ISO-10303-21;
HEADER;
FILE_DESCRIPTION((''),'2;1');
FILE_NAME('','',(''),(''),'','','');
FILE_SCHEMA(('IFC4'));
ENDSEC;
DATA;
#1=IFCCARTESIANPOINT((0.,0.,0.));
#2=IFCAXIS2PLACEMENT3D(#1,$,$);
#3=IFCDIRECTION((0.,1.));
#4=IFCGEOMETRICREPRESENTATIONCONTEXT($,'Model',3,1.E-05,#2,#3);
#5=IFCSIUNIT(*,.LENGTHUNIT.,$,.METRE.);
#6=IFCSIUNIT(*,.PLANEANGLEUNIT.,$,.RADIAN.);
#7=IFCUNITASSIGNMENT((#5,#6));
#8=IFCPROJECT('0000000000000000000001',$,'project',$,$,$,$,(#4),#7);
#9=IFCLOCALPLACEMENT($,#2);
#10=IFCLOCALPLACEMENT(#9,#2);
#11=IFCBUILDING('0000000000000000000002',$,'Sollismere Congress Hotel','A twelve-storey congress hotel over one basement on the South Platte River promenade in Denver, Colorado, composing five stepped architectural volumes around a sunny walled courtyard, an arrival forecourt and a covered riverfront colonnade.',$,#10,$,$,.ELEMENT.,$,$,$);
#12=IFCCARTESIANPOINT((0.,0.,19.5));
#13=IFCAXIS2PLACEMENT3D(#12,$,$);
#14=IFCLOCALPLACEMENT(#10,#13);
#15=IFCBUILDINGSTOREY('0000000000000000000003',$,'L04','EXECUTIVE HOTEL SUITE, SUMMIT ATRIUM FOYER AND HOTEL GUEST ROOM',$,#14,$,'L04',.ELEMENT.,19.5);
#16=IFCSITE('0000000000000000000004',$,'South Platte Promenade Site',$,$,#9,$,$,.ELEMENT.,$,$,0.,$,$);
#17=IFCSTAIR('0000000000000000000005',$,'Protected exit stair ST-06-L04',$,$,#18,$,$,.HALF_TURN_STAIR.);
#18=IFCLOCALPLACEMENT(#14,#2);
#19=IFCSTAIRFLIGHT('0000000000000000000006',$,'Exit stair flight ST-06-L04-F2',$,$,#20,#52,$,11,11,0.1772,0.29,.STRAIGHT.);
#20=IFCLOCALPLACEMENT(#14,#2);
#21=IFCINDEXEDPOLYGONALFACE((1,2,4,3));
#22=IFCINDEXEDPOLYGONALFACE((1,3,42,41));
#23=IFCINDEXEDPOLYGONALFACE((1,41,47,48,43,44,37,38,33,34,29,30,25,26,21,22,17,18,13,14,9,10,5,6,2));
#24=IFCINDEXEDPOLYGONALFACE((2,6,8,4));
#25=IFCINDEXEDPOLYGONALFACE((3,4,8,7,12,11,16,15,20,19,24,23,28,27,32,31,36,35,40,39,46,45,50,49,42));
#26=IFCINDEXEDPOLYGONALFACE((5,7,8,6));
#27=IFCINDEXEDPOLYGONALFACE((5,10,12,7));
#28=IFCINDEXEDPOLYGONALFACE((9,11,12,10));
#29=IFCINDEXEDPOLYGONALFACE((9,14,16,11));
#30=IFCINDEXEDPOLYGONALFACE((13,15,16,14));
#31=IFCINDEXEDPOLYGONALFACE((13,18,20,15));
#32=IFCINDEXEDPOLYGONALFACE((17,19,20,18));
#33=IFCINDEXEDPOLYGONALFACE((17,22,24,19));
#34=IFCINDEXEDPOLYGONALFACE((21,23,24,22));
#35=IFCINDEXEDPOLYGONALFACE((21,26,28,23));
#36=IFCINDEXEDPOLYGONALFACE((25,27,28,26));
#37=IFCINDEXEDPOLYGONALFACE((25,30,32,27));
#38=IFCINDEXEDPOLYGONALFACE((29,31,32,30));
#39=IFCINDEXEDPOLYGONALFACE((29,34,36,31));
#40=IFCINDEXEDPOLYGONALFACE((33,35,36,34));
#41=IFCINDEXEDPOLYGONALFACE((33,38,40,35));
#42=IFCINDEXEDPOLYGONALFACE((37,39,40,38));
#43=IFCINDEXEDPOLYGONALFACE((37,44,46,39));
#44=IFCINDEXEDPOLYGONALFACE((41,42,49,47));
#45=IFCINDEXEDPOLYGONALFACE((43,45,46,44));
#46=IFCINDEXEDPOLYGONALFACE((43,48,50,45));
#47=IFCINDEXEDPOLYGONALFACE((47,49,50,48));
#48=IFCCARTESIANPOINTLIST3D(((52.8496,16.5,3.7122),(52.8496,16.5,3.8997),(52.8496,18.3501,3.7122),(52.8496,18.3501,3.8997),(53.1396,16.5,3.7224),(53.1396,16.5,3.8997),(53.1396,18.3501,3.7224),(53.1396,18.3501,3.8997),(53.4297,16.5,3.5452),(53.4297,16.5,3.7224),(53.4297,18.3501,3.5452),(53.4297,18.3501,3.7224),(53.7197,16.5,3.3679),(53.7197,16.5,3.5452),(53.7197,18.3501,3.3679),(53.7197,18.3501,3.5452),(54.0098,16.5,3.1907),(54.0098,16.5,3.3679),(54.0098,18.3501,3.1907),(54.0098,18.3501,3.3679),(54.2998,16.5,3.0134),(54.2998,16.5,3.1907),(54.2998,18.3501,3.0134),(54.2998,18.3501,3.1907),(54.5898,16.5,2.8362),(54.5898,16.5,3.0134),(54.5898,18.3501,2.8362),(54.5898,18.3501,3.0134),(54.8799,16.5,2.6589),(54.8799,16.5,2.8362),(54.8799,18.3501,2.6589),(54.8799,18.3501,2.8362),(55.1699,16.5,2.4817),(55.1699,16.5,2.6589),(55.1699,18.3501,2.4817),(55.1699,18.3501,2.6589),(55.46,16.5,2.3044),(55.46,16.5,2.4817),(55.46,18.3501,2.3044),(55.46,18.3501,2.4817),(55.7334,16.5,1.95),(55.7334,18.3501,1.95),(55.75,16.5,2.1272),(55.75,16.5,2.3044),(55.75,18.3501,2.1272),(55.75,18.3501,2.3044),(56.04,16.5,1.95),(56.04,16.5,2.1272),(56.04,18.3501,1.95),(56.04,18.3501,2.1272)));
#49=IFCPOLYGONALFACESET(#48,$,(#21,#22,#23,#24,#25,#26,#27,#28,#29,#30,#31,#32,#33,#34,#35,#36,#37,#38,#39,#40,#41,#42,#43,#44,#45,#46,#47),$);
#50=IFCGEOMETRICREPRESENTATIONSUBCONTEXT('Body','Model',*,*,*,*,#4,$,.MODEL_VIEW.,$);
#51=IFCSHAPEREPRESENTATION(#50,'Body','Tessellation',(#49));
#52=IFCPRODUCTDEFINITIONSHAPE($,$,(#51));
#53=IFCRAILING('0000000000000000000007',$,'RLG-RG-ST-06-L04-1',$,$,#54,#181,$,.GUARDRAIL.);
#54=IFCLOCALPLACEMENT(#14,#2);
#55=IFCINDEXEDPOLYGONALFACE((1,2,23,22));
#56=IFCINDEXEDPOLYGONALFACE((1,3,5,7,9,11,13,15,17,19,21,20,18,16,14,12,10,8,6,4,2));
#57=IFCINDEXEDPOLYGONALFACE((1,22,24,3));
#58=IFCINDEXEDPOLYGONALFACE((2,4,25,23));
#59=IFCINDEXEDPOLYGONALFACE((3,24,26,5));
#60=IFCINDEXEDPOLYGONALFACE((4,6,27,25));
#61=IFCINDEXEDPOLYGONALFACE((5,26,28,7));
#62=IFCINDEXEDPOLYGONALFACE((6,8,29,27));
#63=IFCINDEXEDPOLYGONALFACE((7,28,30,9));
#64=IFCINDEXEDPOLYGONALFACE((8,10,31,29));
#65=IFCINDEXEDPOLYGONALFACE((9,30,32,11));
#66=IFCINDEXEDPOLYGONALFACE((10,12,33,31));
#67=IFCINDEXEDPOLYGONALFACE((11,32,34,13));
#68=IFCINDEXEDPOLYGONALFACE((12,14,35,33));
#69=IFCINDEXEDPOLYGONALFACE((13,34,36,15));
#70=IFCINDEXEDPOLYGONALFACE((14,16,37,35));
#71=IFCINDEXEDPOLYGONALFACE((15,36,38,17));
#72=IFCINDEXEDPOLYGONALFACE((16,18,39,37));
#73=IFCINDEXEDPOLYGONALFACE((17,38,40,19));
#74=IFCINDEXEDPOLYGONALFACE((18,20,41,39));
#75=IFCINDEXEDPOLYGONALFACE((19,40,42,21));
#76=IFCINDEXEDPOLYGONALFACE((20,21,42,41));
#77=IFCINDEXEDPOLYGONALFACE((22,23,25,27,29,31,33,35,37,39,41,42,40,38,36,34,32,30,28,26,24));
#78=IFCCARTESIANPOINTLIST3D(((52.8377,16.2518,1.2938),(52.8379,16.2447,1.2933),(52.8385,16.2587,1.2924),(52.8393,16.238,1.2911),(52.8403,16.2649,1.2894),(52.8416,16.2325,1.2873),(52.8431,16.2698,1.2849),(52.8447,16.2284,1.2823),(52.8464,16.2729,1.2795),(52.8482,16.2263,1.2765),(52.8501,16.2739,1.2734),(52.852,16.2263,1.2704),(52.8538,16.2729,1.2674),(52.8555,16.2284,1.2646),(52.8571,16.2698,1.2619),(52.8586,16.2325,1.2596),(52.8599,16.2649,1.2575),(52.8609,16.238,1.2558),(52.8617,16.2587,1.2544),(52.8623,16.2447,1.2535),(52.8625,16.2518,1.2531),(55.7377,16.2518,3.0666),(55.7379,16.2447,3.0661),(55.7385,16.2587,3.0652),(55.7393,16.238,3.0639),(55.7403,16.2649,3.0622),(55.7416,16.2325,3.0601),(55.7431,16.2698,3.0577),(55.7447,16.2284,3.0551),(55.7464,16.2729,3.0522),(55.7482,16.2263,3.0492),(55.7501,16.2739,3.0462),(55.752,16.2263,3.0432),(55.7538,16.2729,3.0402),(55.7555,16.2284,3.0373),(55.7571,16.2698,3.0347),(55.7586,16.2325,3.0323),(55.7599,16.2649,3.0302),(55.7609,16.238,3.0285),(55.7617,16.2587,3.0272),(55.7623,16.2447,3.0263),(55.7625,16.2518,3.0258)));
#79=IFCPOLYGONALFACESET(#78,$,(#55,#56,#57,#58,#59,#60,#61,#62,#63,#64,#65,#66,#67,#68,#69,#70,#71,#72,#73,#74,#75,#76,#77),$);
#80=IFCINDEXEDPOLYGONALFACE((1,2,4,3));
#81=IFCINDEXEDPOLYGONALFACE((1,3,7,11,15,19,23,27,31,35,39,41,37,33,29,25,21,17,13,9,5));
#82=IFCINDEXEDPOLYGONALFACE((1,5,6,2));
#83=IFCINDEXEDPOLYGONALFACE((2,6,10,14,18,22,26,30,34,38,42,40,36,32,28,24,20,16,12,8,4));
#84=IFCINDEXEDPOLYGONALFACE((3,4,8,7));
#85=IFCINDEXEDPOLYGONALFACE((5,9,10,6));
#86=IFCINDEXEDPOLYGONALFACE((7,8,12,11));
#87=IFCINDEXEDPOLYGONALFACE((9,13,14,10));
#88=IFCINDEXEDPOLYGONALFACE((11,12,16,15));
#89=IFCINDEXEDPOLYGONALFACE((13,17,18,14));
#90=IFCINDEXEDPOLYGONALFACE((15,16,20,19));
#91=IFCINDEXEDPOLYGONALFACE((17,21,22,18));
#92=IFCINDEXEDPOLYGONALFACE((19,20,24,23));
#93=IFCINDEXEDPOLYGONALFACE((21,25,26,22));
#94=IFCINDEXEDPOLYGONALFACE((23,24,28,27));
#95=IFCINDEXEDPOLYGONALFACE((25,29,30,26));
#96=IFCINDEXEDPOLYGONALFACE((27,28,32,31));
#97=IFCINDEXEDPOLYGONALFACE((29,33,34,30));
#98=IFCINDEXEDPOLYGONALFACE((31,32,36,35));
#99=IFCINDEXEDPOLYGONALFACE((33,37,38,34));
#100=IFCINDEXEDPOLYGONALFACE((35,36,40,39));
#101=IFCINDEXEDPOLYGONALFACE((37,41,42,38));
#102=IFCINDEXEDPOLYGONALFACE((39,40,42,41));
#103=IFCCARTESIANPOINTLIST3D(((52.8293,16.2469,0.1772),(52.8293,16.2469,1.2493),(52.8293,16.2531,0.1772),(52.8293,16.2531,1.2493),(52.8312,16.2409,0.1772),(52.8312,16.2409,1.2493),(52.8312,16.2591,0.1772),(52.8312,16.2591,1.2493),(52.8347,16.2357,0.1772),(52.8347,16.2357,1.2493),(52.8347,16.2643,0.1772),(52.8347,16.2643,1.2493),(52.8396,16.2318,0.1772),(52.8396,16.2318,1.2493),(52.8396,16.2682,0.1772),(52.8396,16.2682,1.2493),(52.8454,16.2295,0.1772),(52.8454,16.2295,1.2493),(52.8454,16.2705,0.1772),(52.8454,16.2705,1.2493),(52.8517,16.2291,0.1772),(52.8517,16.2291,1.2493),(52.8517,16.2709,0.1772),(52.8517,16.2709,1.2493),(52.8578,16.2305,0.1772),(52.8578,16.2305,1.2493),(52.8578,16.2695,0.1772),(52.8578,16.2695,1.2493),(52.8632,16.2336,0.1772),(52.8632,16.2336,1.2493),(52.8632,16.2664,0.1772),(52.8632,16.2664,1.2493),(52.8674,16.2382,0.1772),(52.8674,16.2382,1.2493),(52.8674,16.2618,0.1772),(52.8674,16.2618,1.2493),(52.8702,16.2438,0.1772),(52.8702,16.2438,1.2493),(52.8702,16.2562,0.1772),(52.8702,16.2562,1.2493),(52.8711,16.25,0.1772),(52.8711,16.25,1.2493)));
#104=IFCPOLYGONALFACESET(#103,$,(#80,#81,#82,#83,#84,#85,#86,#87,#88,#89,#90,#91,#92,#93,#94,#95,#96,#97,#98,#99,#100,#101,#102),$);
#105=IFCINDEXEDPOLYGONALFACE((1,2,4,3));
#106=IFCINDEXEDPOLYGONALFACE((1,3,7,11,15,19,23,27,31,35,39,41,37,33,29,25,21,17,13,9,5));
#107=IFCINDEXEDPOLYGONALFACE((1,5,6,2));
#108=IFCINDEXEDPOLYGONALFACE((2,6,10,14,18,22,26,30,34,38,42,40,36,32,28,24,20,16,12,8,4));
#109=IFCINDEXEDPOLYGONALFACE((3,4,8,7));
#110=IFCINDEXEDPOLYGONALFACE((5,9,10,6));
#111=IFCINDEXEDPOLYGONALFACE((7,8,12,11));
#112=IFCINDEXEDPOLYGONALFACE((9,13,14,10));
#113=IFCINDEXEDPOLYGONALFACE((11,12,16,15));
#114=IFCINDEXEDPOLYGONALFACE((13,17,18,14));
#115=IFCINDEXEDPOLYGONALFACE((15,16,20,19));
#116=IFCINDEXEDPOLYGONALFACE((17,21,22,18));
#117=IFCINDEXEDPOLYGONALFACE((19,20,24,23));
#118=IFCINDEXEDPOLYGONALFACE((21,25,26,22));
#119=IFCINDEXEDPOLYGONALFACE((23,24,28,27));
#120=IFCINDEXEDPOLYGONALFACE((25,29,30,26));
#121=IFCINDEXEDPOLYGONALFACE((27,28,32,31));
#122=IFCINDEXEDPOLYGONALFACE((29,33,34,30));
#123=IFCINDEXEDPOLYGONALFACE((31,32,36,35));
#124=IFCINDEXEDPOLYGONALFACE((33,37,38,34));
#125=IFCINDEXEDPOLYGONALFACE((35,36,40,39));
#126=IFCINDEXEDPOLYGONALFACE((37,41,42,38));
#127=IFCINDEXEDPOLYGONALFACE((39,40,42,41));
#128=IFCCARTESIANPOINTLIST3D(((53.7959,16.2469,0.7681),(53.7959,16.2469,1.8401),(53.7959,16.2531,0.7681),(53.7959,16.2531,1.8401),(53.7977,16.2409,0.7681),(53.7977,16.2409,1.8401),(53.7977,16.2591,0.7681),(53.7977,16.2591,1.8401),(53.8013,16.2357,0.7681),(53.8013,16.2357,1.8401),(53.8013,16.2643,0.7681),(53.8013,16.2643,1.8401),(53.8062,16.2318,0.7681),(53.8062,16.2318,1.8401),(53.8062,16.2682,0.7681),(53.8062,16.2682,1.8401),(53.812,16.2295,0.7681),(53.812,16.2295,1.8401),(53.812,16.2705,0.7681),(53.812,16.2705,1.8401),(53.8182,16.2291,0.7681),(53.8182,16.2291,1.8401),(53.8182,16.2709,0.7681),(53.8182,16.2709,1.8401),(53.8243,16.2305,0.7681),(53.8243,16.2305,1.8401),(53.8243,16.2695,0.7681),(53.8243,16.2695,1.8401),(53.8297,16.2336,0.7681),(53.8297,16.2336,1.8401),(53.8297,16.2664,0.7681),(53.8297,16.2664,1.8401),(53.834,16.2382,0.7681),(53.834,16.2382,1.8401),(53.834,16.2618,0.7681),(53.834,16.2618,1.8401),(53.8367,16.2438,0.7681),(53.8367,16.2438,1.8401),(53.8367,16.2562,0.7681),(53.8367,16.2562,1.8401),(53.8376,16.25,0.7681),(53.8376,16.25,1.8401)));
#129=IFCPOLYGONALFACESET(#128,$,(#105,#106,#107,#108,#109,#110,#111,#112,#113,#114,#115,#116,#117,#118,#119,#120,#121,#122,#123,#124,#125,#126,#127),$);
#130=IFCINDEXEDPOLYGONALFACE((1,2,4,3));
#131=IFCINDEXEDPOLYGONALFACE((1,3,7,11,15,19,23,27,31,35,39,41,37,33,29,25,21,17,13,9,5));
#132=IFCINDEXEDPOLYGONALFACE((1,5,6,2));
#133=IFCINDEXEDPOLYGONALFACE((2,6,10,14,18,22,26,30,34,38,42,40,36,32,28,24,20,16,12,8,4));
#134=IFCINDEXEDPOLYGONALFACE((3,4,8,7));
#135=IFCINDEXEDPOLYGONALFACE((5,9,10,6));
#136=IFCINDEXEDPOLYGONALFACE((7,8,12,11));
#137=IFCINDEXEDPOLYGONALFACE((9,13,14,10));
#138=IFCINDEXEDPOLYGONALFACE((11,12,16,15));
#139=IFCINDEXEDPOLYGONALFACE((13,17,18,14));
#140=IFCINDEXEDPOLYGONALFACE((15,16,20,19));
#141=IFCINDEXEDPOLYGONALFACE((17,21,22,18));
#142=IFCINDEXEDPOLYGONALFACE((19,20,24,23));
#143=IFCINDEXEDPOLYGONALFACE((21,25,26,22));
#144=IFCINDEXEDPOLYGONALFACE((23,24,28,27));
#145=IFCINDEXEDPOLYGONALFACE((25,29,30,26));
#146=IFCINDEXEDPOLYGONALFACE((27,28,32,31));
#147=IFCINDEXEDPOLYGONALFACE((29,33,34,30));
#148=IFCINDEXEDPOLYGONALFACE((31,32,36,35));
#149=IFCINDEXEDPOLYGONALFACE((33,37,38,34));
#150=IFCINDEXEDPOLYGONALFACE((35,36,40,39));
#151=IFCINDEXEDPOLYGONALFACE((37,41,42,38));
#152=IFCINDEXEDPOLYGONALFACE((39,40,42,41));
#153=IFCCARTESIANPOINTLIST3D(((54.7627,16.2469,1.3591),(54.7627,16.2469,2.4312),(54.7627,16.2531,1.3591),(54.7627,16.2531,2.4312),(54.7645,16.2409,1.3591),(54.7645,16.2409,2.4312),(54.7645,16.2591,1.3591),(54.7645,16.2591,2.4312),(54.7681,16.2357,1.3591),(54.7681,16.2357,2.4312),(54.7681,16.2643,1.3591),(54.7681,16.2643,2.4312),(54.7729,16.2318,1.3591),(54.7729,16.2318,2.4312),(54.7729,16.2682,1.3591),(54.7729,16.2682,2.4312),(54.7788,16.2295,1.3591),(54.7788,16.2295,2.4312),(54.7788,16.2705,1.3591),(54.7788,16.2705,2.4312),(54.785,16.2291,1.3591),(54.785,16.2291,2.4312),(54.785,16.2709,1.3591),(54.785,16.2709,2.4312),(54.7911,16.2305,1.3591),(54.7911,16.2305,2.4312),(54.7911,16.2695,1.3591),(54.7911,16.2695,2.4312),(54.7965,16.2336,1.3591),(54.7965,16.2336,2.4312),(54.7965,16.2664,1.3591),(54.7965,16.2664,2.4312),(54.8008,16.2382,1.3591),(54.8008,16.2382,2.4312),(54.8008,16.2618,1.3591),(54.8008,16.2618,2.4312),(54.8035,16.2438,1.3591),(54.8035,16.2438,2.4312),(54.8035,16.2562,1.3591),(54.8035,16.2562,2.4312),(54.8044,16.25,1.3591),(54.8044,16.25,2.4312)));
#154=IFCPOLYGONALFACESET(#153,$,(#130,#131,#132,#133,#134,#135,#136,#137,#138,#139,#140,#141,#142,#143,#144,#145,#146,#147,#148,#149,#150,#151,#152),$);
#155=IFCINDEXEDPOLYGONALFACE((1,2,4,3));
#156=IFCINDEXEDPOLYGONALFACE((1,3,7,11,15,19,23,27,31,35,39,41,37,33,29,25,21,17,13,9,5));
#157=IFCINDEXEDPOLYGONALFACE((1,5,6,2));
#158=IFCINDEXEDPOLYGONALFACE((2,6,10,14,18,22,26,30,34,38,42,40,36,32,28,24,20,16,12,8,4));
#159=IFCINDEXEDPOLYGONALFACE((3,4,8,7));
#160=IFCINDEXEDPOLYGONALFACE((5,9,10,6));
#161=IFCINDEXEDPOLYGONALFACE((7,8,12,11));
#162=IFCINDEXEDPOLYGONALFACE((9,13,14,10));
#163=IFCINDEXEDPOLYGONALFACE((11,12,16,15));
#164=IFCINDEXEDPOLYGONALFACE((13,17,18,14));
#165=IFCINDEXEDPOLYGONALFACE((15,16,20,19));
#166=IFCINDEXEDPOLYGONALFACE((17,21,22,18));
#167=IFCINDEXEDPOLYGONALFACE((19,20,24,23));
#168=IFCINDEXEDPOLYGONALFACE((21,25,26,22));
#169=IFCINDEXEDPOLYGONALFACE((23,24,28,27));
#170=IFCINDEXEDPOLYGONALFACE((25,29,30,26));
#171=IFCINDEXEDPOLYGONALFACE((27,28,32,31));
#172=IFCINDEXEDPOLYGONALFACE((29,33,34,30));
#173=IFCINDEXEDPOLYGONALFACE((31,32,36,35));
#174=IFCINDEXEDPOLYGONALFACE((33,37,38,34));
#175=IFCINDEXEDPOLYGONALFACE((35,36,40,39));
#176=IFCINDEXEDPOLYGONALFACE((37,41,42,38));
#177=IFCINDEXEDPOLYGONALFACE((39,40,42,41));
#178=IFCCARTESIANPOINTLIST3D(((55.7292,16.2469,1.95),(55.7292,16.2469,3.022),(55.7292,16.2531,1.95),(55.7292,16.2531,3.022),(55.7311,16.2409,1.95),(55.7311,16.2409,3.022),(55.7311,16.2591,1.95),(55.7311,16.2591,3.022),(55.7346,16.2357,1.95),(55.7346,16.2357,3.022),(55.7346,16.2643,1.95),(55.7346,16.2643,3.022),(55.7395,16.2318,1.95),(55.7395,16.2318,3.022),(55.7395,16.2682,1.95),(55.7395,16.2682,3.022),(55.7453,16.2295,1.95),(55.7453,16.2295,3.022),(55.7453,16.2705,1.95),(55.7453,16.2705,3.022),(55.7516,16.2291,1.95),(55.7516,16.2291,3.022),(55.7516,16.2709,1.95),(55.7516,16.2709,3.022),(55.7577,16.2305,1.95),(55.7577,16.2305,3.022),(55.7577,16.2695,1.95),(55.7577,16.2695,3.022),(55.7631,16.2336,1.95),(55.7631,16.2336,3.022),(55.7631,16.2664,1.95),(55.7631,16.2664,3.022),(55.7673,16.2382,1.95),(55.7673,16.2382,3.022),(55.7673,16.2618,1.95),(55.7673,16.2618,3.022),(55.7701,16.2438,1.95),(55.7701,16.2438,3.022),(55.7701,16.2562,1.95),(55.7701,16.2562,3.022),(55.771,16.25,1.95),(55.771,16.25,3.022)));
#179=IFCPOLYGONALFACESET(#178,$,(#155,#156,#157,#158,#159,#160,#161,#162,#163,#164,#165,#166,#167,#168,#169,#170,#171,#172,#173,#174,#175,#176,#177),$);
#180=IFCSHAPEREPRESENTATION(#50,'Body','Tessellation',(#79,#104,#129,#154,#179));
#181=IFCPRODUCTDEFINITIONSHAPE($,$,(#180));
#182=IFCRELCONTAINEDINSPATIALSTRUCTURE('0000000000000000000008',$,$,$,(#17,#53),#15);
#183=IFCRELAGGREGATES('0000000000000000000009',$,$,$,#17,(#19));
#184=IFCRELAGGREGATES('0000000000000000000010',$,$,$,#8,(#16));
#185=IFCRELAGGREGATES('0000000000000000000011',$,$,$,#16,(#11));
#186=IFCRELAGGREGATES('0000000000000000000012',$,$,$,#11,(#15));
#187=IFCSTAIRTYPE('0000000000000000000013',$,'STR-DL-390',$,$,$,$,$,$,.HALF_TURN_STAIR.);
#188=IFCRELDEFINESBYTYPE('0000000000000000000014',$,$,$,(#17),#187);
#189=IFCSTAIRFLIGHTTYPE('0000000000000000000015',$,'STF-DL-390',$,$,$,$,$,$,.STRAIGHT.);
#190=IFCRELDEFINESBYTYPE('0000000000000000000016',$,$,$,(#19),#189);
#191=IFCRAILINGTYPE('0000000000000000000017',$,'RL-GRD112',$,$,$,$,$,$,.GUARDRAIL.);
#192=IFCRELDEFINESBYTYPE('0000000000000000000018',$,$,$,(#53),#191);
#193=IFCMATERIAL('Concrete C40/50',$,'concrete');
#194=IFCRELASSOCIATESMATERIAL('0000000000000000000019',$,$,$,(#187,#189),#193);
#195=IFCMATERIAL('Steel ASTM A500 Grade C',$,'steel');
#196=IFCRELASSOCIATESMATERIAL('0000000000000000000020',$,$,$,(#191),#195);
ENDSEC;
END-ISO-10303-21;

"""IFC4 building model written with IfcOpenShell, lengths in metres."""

from ifc_helpers import new_model, si_unit, direction, frame, origin, origin_2d, place, context, subcontext, project, spatial, polyline, circle, outline, extrude, material, type_object, element, aggregate, save


model = new_model("IFC4")

# Units and contexts
model_context = context("Model", 3, precision=1e-05, world=origin(), true_north=direction((0.0, 1.0)))
body_context = subcontext(model_context, "Body", "Model", "MODEL_VIEW")
ifc_project = project(units=[si_unit("LENGTHUNIT", "METRE"), si_unit("PLANEANGLEUNIT", "RADIAN")], contexts=[model_context])

# Site, building, storey
site_placement = place(None, origin())
site = spatial("IfcSite", under=ifc_project, at=site_placement, Name="South Platte Promenade Site", CompositionType="ELEMENT", RefElevation=0.0)
building_placement = place(site_placement, origin())
building = spatial("IfcBuilding", under=site, at=building_placement, Name="Sollismere Congress Hotel", Description="A twelve-storey congress hotel over one basement on the South Platte River promenade in Denver, Colorado, composing five stepped architectural volumes around a sunny walled courtyard, an arrival forecourt and a covered riverfront colonnade.", CompositionType="ELEMENT")
storey_placement = place(building_placement, frame((0.0, 0.0, 19.5)))
storey = spatial("IfcBuildingStorey", under=building, at=storey_placement, Name="L04", Description="EXECUTIVE HOTEL SUITE, SUMMIT ATRIUM FOYER AND HOTEL GUEST ROOM", LongName="L04", CompositionType="ELEMENT", Elevation=19.5)

# Stair, stair flight
ifc_material_1 = material(Name="Concrete C40/50", Category="concrete")
stair_type = type_object("IfcStairType", Name="STR-DL-390", PredefinedType="HALF_TURN_STAIR", material=ifc_material_1)
stair_placement = place(storey_placement, origin())
stair = element("IfcStair", 1, at=stair_placement, inside=storey, type_object=stair_type, Name="Protected exit stair ST-06-L04", PredefinedType="HALF_TURN_STAIR")
stair_flight_type = type_object("IfcStairFlightType", Name="STF-DL-390", PredefinedType="STRAIGHT", material=ifc_material_1)
stair_flight_1_placement = place(storey_placement, frame((56.04, 17.425, 1.95), z_axis=(0.0, 0.0, 1.0), x_axis=(-1.0, 0.0, 0.0)))
stair_flight_1 = element("IfcStairFlight", 2, at=stair_flight_1_placement, type_object=stair_flight_type, Name="Exit stair flight ST-06-L04-F2", NumberOfRisers=11, NumberOfTreads=11, PredefinedType="STRAIGHT", RiserHeight=0.1772, TreadLength=0.29, context=body_context, shape_type="SweptSolid", body=[
    extrude(outline(polyline([(0.0, 0.0), (0.0, 0.1772), (0.29, 0.1772), (0.29, 0.3545), (0.5801, 0.3545), (0.5801, 0.5317), (0.8701, 0.5317), (0.8701, 0.709), (1.1602, 0.709), (1.1602, 0.8862), (1.4502, 0.8862), (1.4502, 1.0635), (1.7402, 1.0635), (1.7402, 1.2407), (2.0303, 1.2407), (2.0303, 1.418), (2.3203, 1.418), (2.3203, 1.5952), (2.6104, 1.5952), (2.6104, 1.7725), (2.9004, 1.7725), (2.9004, 1.9497), (3.1904, 1.9497), (3.1904, 1.7622), (0.3066, 0.0), (0.0, 0.0)])), frame((0.0, 0.925, 0.0), z_axis=(0.0, -1.0, 0.0), x_axis=(1.0, 0.0, 0.0)), (0.0, 0.0, 1.0), 1.8501),
])
aggregate(stair, [stair_flight_1])

# Railing
ifc_material_2 = material(Name="Steel ASTM A500 Grade C", Category="steel")
railing_type_1 = type_object("IfcRailingType", Name="RL-GRD112", PredefinedType="GUARDRAIL", material=ifc_material_2)
railing_1_placement = place(storey_placement, frame((52.8501, 16.25, 0.1772)))
element("IfcRailing", 3, at=railing_1_placement, inside=storey, type_object=railing_type_1, Name="RLG-RG-ST-06-L04-1", PredefinedType="GUARDRAIL", context=body_context, shape_type="SweptSolid", body=[
    extrude(circle(Radius=0.0239, at=origin_2d()), frame((0.0, 0.0, 1.0962), z_axis=(0.853211, 0.0, 0.521566), x_axis=(0.0, 1.0, 0.0)), (0.0, 0.0, 1.0), 3.3989),
    extrude(circle(Radius=0.021, at=origin_2d()), origin(), (0.0, 0.0, 1.0), 1.072),
    extrude(circle(Radius=0.021, at=origin_2d()), frame((0.9666, 0.0, 0.5908)), (0.0, 0.0, 1.0), 1.072),
    extrude(circle(Radius=0.021, at=origin_2d()), frame((1.9333, 0.0, 1.1819)), (0.0, 0.0, 1.0), 1.072),
    extrude(circle(Radius=0.021, at=origin_2d()), frame((2.8999, 0.0, 1.7727)), (0.0, 0.0, 1.0), 1.072),
])

save(model, "model.ifc")
